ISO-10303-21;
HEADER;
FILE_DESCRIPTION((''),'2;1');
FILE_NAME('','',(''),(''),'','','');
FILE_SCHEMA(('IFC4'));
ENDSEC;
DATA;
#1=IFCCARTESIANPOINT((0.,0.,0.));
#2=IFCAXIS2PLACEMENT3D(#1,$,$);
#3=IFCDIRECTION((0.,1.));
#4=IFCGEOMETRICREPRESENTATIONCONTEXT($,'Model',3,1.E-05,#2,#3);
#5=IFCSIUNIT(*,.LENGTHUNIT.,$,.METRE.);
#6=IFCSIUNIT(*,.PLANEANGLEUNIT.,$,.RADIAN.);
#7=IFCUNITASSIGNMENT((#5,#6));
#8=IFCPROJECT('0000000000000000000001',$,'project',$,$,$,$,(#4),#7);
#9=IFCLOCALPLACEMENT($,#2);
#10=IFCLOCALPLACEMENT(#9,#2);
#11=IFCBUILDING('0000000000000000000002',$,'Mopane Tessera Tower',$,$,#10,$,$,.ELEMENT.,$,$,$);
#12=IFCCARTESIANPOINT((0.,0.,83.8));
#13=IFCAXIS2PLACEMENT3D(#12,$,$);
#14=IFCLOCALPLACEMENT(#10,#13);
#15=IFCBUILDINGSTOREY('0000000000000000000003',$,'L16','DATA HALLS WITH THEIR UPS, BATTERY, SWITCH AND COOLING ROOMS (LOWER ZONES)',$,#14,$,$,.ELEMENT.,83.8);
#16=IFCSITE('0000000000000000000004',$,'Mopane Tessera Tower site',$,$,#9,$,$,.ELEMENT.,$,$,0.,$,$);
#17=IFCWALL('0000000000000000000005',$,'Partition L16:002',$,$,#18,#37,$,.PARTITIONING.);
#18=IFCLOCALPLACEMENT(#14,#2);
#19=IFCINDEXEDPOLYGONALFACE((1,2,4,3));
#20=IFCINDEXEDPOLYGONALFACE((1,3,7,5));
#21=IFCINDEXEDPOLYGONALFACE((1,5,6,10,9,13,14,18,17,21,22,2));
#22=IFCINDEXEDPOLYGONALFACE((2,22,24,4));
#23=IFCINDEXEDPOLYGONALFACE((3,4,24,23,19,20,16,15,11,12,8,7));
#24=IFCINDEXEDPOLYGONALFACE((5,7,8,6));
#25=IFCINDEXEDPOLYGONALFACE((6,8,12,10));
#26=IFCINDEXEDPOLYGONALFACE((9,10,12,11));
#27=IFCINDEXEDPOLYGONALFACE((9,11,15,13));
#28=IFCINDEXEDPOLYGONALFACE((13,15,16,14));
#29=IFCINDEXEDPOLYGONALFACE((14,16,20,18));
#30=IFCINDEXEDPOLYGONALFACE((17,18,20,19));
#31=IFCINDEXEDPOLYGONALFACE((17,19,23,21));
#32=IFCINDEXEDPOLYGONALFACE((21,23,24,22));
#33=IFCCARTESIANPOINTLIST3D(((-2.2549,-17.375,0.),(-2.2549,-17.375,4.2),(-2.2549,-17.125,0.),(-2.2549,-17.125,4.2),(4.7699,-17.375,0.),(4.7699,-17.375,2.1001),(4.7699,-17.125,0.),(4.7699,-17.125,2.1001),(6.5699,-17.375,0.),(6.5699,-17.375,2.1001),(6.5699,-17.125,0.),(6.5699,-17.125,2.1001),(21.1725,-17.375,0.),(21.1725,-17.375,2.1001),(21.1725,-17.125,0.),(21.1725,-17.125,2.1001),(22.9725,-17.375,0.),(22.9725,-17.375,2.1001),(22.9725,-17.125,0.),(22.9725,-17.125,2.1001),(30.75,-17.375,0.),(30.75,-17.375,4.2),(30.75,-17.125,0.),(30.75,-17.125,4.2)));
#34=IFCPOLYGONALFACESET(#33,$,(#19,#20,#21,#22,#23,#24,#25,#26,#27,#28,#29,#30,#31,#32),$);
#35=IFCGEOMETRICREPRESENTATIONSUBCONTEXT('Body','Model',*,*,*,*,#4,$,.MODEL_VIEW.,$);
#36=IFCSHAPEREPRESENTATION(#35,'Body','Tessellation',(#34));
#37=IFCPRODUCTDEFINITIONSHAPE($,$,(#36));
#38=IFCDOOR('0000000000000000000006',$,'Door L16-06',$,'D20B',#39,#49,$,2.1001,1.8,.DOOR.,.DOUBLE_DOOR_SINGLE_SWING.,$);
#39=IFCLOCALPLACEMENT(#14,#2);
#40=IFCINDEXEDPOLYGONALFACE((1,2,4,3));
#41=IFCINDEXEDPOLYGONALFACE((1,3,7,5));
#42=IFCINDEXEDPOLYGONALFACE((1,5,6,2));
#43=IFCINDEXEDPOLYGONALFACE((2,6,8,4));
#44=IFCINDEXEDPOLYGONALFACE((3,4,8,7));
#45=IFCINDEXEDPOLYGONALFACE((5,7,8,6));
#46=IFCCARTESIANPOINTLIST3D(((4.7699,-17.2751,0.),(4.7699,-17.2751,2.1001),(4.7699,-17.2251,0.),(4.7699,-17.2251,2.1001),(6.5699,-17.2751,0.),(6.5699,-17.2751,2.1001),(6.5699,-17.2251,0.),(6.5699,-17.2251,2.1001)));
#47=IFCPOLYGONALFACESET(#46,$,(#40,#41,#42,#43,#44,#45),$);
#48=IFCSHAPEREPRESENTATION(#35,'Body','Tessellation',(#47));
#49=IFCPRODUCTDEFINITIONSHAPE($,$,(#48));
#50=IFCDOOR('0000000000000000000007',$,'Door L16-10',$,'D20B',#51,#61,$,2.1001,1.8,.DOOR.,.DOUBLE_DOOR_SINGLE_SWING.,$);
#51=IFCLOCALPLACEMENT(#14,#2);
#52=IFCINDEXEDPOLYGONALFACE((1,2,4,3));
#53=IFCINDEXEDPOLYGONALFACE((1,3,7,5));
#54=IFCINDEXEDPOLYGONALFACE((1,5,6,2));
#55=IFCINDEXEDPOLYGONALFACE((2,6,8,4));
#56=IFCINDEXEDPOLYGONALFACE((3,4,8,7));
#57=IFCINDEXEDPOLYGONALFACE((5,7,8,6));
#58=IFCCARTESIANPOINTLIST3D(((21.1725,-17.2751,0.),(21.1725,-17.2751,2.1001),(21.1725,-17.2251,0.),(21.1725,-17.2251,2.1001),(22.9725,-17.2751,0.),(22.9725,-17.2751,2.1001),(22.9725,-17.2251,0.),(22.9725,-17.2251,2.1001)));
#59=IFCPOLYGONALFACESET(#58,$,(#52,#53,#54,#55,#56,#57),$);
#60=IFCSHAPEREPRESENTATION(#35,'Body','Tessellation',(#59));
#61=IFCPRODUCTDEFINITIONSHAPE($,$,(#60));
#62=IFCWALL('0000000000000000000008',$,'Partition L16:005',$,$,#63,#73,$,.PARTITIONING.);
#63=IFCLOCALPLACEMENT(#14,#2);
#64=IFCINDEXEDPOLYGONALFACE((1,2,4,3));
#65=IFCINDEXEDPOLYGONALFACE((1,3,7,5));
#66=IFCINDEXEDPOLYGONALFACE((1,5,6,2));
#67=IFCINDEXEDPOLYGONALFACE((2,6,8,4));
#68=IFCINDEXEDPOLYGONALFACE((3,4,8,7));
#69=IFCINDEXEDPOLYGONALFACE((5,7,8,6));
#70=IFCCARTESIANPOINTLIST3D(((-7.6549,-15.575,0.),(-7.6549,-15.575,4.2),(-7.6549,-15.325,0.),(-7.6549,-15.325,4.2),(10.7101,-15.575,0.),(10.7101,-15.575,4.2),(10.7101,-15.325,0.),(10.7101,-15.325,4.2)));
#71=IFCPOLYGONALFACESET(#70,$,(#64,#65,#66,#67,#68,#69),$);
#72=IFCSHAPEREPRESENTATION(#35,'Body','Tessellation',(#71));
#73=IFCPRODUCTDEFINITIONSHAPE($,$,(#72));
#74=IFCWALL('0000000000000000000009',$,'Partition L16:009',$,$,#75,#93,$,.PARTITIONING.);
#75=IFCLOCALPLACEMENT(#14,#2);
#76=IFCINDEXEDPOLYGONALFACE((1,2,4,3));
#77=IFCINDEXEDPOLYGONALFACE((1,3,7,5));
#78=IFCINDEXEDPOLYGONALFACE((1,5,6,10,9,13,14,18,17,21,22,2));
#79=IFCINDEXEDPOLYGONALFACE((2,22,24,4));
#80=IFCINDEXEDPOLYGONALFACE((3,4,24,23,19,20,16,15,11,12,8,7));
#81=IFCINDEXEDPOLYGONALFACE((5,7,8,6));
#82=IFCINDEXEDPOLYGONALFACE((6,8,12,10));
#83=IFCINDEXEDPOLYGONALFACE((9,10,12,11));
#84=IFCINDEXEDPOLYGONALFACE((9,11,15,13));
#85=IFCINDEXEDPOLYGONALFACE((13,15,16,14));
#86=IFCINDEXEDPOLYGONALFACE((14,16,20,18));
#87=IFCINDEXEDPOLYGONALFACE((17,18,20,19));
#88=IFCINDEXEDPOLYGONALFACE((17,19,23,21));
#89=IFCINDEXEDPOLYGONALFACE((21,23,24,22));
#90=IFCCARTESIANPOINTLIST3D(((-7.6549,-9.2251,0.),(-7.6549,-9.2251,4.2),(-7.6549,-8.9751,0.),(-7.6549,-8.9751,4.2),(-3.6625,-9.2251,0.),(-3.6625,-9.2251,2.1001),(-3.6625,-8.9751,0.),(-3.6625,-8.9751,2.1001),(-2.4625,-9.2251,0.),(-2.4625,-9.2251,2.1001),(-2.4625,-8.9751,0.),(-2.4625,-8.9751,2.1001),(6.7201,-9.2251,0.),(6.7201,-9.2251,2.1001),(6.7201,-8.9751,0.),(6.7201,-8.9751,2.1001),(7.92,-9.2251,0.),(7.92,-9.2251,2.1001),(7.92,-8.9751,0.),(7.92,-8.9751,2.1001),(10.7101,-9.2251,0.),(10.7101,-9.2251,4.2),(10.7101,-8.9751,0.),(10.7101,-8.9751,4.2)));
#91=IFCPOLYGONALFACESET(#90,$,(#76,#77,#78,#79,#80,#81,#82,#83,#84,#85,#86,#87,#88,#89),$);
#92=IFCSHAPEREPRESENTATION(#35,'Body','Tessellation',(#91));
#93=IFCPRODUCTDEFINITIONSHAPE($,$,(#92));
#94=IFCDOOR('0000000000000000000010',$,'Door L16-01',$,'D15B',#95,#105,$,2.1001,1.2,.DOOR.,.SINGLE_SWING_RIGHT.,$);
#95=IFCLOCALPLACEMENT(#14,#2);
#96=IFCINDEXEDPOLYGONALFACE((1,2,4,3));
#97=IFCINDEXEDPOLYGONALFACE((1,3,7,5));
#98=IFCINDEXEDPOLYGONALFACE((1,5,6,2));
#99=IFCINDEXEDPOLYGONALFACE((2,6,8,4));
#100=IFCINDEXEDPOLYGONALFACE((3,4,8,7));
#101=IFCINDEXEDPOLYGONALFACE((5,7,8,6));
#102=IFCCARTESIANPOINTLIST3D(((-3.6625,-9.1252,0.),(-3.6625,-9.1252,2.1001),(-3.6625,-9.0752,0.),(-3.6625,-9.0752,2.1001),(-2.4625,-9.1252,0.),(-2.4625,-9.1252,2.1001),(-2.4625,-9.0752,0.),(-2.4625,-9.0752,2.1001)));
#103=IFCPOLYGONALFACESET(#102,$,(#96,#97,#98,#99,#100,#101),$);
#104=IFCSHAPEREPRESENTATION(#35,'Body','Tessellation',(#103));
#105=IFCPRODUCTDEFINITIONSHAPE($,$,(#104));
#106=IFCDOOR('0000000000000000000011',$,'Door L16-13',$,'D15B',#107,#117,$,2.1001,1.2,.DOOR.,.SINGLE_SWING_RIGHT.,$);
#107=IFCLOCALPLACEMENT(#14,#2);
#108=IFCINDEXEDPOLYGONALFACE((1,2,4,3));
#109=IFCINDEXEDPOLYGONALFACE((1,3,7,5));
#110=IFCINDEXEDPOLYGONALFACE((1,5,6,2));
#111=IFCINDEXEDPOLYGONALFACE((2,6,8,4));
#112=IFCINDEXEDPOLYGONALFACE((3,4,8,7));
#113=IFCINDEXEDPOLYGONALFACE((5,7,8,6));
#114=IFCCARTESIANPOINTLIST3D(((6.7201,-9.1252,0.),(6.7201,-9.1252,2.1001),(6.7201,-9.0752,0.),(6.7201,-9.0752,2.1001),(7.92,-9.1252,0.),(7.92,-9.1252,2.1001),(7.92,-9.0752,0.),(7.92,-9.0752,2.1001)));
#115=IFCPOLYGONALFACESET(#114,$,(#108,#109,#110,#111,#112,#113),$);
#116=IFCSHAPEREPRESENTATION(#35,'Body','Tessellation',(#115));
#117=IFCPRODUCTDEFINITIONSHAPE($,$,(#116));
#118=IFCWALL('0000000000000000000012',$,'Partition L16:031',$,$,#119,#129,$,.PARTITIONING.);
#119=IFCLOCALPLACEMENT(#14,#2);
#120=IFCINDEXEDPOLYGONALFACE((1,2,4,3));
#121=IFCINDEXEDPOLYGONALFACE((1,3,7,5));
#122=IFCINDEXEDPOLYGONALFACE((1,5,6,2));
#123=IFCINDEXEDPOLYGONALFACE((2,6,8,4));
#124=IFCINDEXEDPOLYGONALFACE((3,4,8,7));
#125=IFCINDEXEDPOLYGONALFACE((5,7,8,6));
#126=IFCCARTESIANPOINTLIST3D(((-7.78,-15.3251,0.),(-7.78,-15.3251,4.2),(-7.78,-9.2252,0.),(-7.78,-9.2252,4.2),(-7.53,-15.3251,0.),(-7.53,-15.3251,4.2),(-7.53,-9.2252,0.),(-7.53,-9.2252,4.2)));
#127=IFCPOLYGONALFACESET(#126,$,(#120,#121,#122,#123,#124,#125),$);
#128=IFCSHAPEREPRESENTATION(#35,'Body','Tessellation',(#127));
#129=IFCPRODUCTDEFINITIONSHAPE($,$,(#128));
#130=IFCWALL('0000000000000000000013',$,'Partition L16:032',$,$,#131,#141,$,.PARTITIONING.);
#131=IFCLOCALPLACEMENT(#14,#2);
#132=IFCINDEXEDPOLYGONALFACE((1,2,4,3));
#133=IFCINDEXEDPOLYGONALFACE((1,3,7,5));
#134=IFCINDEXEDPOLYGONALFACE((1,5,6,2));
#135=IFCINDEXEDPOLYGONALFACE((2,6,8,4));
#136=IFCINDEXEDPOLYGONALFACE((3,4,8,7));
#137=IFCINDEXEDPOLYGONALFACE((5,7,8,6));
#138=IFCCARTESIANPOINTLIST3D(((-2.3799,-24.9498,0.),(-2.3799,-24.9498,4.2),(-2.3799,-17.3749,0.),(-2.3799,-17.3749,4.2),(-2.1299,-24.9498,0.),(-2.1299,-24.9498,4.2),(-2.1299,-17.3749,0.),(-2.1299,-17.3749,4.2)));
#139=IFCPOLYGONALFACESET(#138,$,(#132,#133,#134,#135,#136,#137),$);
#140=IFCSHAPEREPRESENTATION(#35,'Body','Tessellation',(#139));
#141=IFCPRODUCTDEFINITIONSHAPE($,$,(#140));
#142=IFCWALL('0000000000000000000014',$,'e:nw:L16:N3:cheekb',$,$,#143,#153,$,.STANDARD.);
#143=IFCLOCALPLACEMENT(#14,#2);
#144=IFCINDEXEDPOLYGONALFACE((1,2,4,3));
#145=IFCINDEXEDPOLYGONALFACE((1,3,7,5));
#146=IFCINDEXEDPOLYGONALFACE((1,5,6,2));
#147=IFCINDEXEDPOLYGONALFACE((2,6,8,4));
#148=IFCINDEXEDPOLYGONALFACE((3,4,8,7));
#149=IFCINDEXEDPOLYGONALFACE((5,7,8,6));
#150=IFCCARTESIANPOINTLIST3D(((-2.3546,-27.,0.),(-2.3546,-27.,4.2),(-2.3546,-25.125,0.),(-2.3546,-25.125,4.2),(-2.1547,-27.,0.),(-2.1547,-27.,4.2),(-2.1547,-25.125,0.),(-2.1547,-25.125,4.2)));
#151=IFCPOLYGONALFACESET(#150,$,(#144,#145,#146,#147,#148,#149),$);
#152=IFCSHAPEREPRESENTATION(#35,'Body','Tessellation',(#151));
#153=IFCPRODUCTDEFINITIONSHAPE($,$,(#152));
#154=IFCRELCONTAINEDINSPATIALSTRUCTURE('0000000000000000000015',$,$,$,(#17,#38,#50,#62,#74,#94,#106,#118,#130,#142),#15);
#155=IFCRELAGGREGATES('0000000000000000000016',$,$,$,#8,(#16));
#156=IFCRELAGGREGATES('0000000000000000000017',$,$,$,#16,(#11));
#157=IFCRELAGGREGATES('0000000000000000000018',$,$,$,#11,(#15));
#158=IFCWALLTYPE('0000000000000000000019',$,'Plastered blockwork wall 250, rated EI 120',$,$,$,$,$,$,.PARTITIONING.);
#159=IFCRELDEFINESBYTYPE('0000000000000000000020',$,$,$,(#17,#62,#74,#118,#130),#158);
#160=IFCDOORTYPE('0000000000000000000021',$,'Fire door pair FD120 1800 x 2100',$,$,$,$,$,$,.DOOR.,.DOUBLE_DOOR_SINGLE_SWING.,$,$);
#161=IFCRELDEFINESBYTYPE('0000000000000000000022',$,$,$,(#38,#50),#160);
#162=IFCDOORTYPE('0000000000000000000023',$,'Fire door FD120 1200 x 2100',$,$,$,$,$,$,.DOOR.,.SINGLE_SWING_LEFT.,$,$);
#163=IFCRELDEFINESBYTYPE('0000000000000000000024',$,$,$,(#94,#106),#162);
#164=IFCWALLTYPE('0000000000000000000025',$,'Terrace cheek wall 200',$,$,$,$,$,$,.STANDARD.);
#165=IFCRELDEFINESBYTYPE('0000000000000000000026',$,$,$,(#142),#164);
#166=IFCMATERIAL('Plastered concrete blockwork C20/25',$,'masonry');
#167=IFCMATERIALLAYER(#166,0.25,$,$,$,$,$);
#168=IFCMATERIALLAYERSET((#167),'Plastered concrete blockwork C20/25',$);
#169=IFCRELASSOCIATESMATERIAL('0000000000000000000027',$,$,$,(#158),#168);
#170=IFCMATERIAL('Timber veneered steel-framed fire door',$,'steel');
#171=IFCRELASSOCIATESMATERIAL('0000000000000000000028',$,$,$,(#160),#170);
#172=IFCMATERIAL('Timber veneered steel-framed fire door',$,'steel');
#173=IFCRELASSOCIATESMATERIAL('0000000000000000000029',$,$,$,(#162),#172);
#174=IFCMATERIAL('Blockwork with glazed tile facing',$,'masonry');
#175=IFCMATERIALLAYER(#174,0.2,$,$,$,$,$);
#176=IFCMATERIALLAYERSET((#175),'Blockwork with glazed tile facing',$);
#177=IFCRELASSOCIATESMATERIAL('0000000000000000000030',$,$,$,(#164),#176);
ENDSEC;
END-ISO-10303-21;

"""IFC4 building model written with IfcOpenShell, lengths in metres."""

from ifc_helpers import new_model, si_unit, direction, frame, frame_2d, origin, place, context, subcontext, project, spatial, rectangle, extrude, material, layer, layer_set, type_object, element, fill, save


model = new_model("IFC4")

# Units and contexts
model_context = context("Model", 3, precision=1e-05, world=origin(), true_north=direction((0.0, 1.0)))
body_context = subcontext(model_context, "Body", "Model", "MODEL_VIEW")
ifc_project = project(units=[si_unit("LENGTHUNIT", "METRE"), si_unit("PLANEANGLEUNIT", "RADIAN")], contexts=[model_context])

# Site, building, storey
site_placement = place(None, origin())
site = spatial("IfcSite", under=ifc_project, at=site_placement, Name="Mopane Tessera Tower site", CompositionType="ELEMENT", RefElevation=0.0)
building_placement = place(site_placement, origin())
building = spatial("IfcBuilding", under=site, at=building_placement, Name="Mopane Tessera Tower", CompositionType="ELEMENT")
storey_placement = place(building_placement, frame((0.0, 0.0, 83.8)))
storey = spatial("IfcBuildingStorey", under=building, at=storey_placement, Name="L16", Description="DATA HALLS WITH THEIR UPS, BATTERY, SWITCH AND COOLING ROOMS (LOWER ZONES)", CompositionType="ELEMENT", Elevation=83.8)

# Wall, openings, doors
ifc_material_1 = material(Name="Plastered concrete blockwork C20/25", Category="masonry")
ifc_layer_1 = layer(ifc_material_1, 0.25)
ifc_layer_set_1 = layer_set([ifc_layer_1], Name="Plastered concrete blockwork C20/25")
wall_type_1 = type_object("IfcWallType", Name="Plastered blockwork wall 250, rated EI 120", PredefinedType="PARTITIONING", material=ifc_layer_set_1)
wall_1_placement = place(storey_placement, frame((-2.2549, -17.25, 0.0), z_axis=(0.0, 0.0, 1.0), x_axis=(1.0, 0.0, 0.0)))
wall_1 = element("IfcWall", 1, at=wall_1_placement, inside=storey, type_object=wall_type_1, Name="Partition L16:002", PredefinedType="PARTITIONING", context=body_context, shape_type="SweptSolid", body=[
    extrude(rectangle(XDim=33.0049, YDim=0.25, at=frame_2d((16.5024, 0.0))), origin(), (0.0, 0.0, 1.0), 4.2),
])
opening_1_placement = place(wall_1_placement, frame((7.0249, 0.0, 0.0)))
opening_1 = element("IfcOpeningElement", 2, at=opening_1_placement, cuts=wall_1, PredefinedType="OPENING", context=body_context, shape_type="SweptSolid", body=[
    extrude(rectangle(XDim=1.8, YDim=2.1001, at=frame_2d((0.8999, 1.05))), frame((0.0, 0.137, 0.0), z_axis=(0.0, -1.0, 0.0), x_axis=(1.0, 0.0, 0.0)), (0.0, 0.0, 1.0), 0.2739),
])
opening_2_placement = place(wall_1_placement, frame((23.4275, 0.0, 0.0)))
opening_2 = element("IfcOpeningElement", 3, at=opening_2_placement, cuts=wall_1, PredefinedType="OPENING", context=body_context, shape_type="SweptSolid", body=[
    extrude(rectangle(XDim=1.8, YDim=2.1001, at=frame_2d((0.8999, 1.05))), frame((0.0, 0.137, 0.0), z_axis=(0.0, -1.0, 0.0), x_axis=(1.0, 0.0, 0.0)), (0.0, 0.0, 1.0), 0.2739),
])
ifc_material_2 = material(Name="Timber veneered steel-framed fire door", Category="steel")
door_type_1 = type_object("IfcDoorType", Name="Fire door pair FD120 1800 x 2100", OperationType="DOUBLE_DOOR_SINGLE_SWING", PredefinedType="DOOR", material=ifc_material_2)
door_1_placement = place(opening_1_placement, origin())
door_1 = element("IfcDoor", 4, at=door_1_placement, inside=storey, type_object=door_type_1, Name="Door L16-06", ObjectType="D20B", OperationType="DOUBLE_DOOR_SINGLE_SWING", OverallHeight=2.1001, OverallWidth=1.8, PredefinedType="DOOR", context=body_context, shape_type="SweptSolid", body=[
    extrude(rectangle(XDim=1.8, YDim=2.1001, at=frame_2d((0.8999, 1.05))), frame((0.0, 0.0249, 0.0), z_axis=(0.0, -1.0, 0.0), x_axis=(1.0, 0.0, 0.0)), (0.0, 0.0, 1.0), 0.05),
])
fill(opening_1, door_1)
door_2_placement = place(opening_2_placement, origin())
door_2 = element("IfcDoor", 5, at=door_2_placement, inside=storey, type_object=door_type_1, Name="Door L16-10", ObjectType="D20B", OperationType="DOUBLE_DOOR_SINGLE_SWING", OverallHeight=2.1001, OverallWidth=1.8, PredefinedType="DOOR", context=body_context, shape_type="SweptSolid", body=[
    extrude(rectangle(XDim=1.8, YDim=2.1001, at=frame_2d((0.8999, 1.05))), frame((0.0, 0.0249, 0.0), z_axis=(0.0, -1.0, 0.0), x_axis=(1.0, 0.0, 0.0)), (0.0, 0.0, 1.0), 0.05),
])
fill(opening_2, door_2)

# Wall
wall_2_placement = place(storey_placement, frame((-7.655, -15.45, 0.0), z_axis=(0.0, 0.0, 1.0), x_axis=(1.0, 0.0, 0.0)))
element("IfcWall", 6, at=wall_2_placement, inside=storey, type_object=wall_type_1, Name="Partition L16:005", PredefinedType="PARTITIONING", context=body_context, shape_type="SweptSolid", body=[
    extrude(rectangle(XDim=18.365, YDim=0.25, at=frame_2d((9.1826, 0.0))), origin(), (0.0, 0.0, 1.0), 4.2),
])

# Wall, openings, doors
wall_3_placement = place(storey_placement, frame((-7.655, -9.1001, 0.0), z_axis=(0.0, 0.0, 1.0), x_axis=(1.0, 0.0, 0.0)))
wall_3 = element("IfcWall", 7, at=wall_3_placement, inside=storey, type_object=wall_type_1, Name="Partition L16:009", PredefinedType="PARTITIONING", context=body_context, shape_type="SweptSolid", body=[
    extrude(rectangle(XDim=18.365, YDim=0.25, at=frame_2d((9.1826, 0.0))), origin(), (0.0, 0.0, 1.0), 4.2),
])
opening_3_placement = place(wall_3_placement, frame((3.9924, 0.0, 0.0)))
opening_3 = element("IfcOpeningElement", 8, at=opening_3_placement, cuts=wall_3, PredefinedType="OPENING", context=body_context, shape_type="SweptSolid", body=[
    extrude(rectangle(XDim=1.2, YDim=2.1001, at=frame_2d((0.6001, 1.05))), frame((0.0, 0.137, 0.0), z_axis=(0.0, -1.0, 0.0), x_axis=(1.0, 0.0, 0.0)), (0.0, 0.0, 1.0), 0.2739),
])
opening_4_placement = place(wall_3_placement, frame((14.375, 0.0, 0.0)))
opening_4 = element("IfcOpeningElement", 9, at=opening_4_placement, cuts=wall_3, PredefinedType="OPENING", context=body_context, shape_type="SweptSolid", body=[
    extrude(rectangle(XDim=1.2, YDim=2.1001, at=frame_2d((0.6001, 1.05))), frame((0.0, 0.137, 0.0), z_axis=(0.0, -1.0, 0.0), x_axis=(1.0, 0.0, 0.0)), (0.0, 0.0, 1.0), 0.2739),
])
ifc_material_3 = material(Name="Timber veneered steel-framed fire door", Category="steel")
door_type_2 = type_object("IfcDoorType", Name="Fire door FD120 1200 x 2100", OperationType="SINGLE_SWING_LEFT", PredefinedType="DOOR", material=ifc_material_3)
door_3_placement = place(opening_3_placement, origin())
door_3 = element("IfcDoor", 10, at=door_3_placement, inside=storey, type_object=door_type_2, Name="Door L16-01", ObjectType="D15B", OperationType="SINGLE_SWING_RIGHT", OverallHeight=2.1001, OverallWidth=1.2, PredefinedType="DOOR", context=body_context, shape_type="SweptSolid", body=[
    extrude(rectangle(XDim=1.2, YDim=2.1001, at=frame_2d((0.6001, 1.05))), frame((0.0, 0.0249, 0.0), z_axis=(0.0, -1.0, 0.0), x_axis=(1.0, 0.0, 0.0)), (0.0, 0.0, 1.0), 0.05),
])
fill(opening_3, door_3)
door_4_placement = place(opening_4_placement, origin())
door_4 = element("IfcDoor", 11, at=door_4_placement, inside=storey, type_object=door_type_2, Name="Door L16-13", ObjectType="D15B", OperationType="SINGLE_SWING_RIGHT", OverallHeight=2.1001, OverallWidth=1.2, PredefinedType="DOOR", context=body_context, shape_type="SweptSolid", body=[
    extrude(rectangle(XDim=1.2, YDim=2.1001, at=frame_2d((0.6001, 1.05))), frame((0.0, 0.0249, 0.0), z_axis=(0.0, -1.0, 0.0), x_axis=(1.0, 0.0, 0.0)), (0.0, 0.0, 1.0), 0.05),
])
fill(opening_4, door_4)

# Walls
wall_4_placement = place(storey_placement, frame((-7.655, -15.325, 0.0), z_axis=(0.0, 0.0, 1.0), x_axis=(0.0, 1.0, 0.0)))
element("IfcWall", 12, at=wall_4_placement, inside=storey, type_object=wall_type_1, Name="Partition L16:031", PredefinedType="PARTITIONING", context=body_context, shape_type="SweptSolid", body=[
    extrude(rectangle(XDim=6.0999, YDim=0.25, at=frame_2d((3.0498, 0.0))), origin(), (0.0, 0.0, 1.0), 4.2),
])
wall_5_placement = place(storey_placement, frame((-2.2549, -24.95, 0.0), z_axis=(0.0, 0.0, 1.0), x_axis=(0.0, 1.0, 0.0)))
element("IfcWall", 13, at=wall_5_placement, inside=storey, type_object=wall_type_1, Name="Partition L16:032", PredefinedType="PARTITIONING", context=body_context, shape_type="SweptSolid", body=[
    extrude(rectangle(XDim=7.575, YDim=0.25, at=frame_2d((3.7876, 0.0))), origin(), (0.0, 0.0, 1.0), 4.2),
])
ifc_material_4 = material(Name="Blockwork with glazed tile facing", Category="masonry")
ifc_layer_2 = layer(ifc_material_4, 0.2)
ifc_layer_set_2 = layer_set([ifc_layer_2], Name="Blockwork with glazed tile facing")
wall_type_2 = type_object("IfcWallType", Name="Terrace cheek wall 200", PredefinedType="STANDARD", material=ifc_layer_set_2)
wall_6_placement = place(storey_placement, frame((-2.2546, -27.0, 0.0), z_axis=(0.0, 0.0, 1.0), x_axis=(0.0, 1.0, 0.0)))
element("IfcWall", 14, at=wall_6_placement, inside=storey, type_object=wall_type_2, Name="e:nw:L16:N3:cheekb", PredefinedType="STANDARD", context=body_context, shape_type="SweptSolid", body=[
    extrude(rectangle(XDim=1.875, YDim=0.2, at=frame_2d((0.9375, 0.0))), origin(), (0.0, 0.0, 1.0), 4.2),
])

save(model, "model.ifc")
